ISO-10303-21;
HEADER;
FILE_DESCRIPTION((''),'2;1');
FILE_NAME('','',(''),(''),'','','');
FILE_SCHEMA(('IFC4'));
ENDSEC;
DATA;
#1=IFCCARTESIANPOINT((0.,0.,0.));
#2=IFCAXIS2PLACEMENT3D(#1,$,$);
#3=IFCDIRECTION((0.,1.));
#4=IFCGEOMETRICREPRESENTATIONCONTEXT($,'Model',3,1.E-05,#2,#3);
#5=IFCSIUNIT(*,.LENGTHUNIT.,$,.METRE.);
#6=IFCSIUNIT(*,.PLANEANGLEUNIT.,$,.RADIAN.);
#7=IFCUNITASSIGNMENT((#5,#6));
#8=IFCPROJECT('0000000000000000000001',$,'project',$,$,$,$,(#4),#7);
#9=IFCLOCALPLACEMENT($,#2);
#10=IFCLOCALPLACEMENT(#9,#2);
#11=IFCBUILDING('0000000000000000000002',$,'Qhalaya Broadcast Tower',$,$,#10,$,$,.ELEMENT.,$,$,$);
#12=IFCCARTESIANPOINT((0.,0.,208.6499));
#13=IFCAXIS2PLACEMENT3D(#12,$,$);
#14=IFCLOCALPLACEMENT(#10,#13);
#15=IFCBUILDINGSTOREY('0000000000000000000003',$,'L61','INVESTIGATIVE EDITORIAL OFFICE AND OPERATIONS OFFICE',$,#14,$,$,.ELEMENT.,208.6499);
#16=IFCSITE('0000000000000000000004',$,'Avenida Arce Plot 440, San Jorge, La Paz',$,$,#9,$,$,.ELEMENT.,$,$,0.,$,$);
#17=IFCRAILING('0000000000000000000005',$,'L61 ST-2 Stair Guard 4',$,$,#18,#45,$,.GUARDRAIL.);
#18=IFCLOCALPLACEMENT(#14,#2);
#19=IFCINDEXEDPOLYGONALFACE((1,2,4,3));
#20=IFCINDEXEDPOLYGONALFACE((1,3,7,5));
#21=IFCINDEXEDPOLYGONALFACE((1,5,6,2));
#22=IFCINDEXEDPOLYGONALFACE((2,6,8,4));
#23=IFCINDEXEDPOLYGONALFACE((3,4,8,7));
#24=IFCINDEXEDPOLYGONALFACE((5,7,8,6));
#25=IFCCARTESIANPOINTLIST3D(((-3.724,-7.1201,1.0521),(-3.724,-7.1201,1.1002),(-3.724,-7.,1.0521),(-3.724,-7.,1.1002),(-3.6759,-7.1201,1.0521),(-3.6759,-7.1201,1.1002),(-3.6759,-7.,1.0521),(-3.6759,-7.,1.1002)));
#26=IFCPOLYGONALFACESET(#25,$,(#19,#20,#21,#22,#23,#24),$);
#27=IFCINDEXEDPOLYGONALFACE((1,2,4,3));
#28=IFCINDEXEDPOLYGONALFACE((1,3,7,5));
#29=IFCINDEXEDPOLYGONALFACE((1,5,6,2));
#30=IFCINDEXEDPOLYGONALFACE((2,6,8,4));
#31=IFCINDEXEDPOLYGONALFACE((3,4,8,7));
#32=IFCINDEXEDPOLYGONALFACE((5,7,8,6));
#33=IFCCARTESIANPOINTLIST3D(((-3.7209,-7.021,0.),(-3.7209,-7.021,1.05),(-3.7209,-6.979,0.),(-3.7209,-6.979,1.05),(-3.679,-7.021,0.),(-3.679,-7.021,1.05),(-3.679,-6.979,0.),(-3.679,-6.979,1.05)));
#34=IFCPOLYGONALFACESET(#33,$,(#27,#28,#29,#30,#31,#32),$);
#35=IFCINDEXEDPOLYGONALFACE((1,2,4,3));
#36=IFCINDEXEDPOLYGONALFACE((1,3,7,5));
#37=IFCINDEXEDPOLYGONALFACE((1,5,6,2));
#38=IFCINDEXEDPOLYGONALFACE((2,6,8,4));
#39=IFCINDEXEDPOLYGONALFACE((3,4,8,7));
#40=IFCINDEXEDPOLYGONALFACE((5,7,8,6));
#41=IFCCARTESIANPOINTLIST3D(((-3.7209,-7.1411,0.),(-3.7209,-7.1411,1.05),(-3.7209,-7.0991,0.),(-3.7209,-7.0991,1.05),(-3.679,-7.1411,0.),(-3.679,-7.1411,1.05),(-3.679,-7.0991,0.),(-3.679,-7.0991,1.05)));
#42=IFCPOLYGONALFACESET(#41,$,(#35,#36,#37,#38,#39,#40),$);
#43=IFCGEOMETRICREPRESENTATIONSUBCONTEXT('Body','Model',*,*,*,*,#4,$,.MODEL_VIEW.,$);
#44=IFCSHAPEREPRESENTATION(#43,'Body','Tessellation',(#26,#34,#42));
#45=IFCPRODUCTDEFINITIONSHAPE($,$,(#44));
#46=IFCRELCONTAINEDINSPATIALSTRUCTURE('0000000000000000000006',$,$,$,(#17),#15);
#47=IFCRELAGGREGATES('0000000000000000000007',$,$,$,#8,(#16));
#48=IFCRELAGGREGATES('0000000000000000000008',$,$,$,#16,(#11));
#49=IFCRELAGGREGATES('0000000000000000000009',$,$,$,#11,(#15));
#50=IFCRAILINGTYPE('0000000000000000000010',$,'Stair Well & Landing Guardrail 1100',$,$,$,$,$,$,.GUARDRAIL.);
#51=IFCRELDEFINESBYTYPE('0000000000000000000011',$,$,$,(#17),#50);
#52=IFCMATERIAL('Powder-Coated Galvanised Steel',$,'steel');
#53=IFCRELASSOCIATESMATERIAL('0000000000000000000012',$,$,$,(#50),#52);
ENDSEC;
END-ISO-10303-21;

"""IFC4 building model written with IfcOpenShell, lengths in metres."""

from ifc_helpers import new_model, si_unit, direction, frame, origin, origin_2d, place, context, subcontext, project, spatial, rectangle, extrude, material, type_object, element, save


model = new_model("IFC4")

# Units and contexts
model_context = context("Model", 3, precision=1e-05, world=origin(), true_north=direction((0.0, 1.0)))
body_context = subcontext(model_context, "Body", "Model", "MODEL_VIEW")
ifc_project = project(units=[si_unit("LENGTHUNIT", "METRE"), si_unit("PLANEANGLEUNIT", "RADIAN")], contexts=[model_context])

# Site, building, storey
site_placement = place(None, origin())
site = spatial("IfcSite", under=ifc_project, at=site_placement, Name="Avenida Arce Plot 440, San Jorge, La Paz", CompositionType="ELEMENT", RefElevation=0.0)
building_placement = place(site_placement, origin())
building = spatial("IfcBuilding", under=site, at=building_placement, Name="Qhalaya Broadcast Tower", CompositionType="ELEMENT")
storey_placement = place(building_placement, frame((0.0, 0.0, 208.6499)))
storey = spatial("IfcBuildingStorey", under=building, at=storey_placement, Name="L61", Description="INVESTIGATIVE EDITORIAL OFFICE AND OPERATIONS OFFICE", CompositionType="ELEMENT", Elevation=208.6499)

# Railing
ifc_material_1 = material(Name="Powder-Coated Galvanised Steel", Category="steel")
railing_type_1 = type_object("IfcRailingType", Name="Stair Well & Landing Guardrail 1100", PredefinedType="GUARDRAIL", material=ifc_material_1)
railing_1_placement = place(storey_placement, frame((-3.7, -7.0, 0.0)))
element("IfcRailing", 1, at=railing_1_placement, inside=storey, type_object=railing_type_1, Name="L61 ST-2 Stair Guard 4", PredefinedType="GUARDRAIL", context=body_context, shape_type="SweptSolid", body=[
    extrude(rectangle(XDim=0.0481, YDim=0.0481, at=origin_2d()), frame((0.0, 0.0, 1.0762), z_axis=(0.0, -1.0, 0.0), x_axis=(1.0, 0.0, 0.0)), (0.0, 0.0, 1.0), 0.1201),
    extrude(rectangle(XDim=0.042, YDim=0.042, at=origin_2d()), origin(), (0.0, 0.0, 1.0), 1.05),
    extrude(rectangle(XDim=0.042, YDim=0.042, at=origin_2d()), frame((0.0, -0.1201, 0.0)), (0.0, 0.0, 1.0), 1.05),
])

save(model, "model.ifc")
